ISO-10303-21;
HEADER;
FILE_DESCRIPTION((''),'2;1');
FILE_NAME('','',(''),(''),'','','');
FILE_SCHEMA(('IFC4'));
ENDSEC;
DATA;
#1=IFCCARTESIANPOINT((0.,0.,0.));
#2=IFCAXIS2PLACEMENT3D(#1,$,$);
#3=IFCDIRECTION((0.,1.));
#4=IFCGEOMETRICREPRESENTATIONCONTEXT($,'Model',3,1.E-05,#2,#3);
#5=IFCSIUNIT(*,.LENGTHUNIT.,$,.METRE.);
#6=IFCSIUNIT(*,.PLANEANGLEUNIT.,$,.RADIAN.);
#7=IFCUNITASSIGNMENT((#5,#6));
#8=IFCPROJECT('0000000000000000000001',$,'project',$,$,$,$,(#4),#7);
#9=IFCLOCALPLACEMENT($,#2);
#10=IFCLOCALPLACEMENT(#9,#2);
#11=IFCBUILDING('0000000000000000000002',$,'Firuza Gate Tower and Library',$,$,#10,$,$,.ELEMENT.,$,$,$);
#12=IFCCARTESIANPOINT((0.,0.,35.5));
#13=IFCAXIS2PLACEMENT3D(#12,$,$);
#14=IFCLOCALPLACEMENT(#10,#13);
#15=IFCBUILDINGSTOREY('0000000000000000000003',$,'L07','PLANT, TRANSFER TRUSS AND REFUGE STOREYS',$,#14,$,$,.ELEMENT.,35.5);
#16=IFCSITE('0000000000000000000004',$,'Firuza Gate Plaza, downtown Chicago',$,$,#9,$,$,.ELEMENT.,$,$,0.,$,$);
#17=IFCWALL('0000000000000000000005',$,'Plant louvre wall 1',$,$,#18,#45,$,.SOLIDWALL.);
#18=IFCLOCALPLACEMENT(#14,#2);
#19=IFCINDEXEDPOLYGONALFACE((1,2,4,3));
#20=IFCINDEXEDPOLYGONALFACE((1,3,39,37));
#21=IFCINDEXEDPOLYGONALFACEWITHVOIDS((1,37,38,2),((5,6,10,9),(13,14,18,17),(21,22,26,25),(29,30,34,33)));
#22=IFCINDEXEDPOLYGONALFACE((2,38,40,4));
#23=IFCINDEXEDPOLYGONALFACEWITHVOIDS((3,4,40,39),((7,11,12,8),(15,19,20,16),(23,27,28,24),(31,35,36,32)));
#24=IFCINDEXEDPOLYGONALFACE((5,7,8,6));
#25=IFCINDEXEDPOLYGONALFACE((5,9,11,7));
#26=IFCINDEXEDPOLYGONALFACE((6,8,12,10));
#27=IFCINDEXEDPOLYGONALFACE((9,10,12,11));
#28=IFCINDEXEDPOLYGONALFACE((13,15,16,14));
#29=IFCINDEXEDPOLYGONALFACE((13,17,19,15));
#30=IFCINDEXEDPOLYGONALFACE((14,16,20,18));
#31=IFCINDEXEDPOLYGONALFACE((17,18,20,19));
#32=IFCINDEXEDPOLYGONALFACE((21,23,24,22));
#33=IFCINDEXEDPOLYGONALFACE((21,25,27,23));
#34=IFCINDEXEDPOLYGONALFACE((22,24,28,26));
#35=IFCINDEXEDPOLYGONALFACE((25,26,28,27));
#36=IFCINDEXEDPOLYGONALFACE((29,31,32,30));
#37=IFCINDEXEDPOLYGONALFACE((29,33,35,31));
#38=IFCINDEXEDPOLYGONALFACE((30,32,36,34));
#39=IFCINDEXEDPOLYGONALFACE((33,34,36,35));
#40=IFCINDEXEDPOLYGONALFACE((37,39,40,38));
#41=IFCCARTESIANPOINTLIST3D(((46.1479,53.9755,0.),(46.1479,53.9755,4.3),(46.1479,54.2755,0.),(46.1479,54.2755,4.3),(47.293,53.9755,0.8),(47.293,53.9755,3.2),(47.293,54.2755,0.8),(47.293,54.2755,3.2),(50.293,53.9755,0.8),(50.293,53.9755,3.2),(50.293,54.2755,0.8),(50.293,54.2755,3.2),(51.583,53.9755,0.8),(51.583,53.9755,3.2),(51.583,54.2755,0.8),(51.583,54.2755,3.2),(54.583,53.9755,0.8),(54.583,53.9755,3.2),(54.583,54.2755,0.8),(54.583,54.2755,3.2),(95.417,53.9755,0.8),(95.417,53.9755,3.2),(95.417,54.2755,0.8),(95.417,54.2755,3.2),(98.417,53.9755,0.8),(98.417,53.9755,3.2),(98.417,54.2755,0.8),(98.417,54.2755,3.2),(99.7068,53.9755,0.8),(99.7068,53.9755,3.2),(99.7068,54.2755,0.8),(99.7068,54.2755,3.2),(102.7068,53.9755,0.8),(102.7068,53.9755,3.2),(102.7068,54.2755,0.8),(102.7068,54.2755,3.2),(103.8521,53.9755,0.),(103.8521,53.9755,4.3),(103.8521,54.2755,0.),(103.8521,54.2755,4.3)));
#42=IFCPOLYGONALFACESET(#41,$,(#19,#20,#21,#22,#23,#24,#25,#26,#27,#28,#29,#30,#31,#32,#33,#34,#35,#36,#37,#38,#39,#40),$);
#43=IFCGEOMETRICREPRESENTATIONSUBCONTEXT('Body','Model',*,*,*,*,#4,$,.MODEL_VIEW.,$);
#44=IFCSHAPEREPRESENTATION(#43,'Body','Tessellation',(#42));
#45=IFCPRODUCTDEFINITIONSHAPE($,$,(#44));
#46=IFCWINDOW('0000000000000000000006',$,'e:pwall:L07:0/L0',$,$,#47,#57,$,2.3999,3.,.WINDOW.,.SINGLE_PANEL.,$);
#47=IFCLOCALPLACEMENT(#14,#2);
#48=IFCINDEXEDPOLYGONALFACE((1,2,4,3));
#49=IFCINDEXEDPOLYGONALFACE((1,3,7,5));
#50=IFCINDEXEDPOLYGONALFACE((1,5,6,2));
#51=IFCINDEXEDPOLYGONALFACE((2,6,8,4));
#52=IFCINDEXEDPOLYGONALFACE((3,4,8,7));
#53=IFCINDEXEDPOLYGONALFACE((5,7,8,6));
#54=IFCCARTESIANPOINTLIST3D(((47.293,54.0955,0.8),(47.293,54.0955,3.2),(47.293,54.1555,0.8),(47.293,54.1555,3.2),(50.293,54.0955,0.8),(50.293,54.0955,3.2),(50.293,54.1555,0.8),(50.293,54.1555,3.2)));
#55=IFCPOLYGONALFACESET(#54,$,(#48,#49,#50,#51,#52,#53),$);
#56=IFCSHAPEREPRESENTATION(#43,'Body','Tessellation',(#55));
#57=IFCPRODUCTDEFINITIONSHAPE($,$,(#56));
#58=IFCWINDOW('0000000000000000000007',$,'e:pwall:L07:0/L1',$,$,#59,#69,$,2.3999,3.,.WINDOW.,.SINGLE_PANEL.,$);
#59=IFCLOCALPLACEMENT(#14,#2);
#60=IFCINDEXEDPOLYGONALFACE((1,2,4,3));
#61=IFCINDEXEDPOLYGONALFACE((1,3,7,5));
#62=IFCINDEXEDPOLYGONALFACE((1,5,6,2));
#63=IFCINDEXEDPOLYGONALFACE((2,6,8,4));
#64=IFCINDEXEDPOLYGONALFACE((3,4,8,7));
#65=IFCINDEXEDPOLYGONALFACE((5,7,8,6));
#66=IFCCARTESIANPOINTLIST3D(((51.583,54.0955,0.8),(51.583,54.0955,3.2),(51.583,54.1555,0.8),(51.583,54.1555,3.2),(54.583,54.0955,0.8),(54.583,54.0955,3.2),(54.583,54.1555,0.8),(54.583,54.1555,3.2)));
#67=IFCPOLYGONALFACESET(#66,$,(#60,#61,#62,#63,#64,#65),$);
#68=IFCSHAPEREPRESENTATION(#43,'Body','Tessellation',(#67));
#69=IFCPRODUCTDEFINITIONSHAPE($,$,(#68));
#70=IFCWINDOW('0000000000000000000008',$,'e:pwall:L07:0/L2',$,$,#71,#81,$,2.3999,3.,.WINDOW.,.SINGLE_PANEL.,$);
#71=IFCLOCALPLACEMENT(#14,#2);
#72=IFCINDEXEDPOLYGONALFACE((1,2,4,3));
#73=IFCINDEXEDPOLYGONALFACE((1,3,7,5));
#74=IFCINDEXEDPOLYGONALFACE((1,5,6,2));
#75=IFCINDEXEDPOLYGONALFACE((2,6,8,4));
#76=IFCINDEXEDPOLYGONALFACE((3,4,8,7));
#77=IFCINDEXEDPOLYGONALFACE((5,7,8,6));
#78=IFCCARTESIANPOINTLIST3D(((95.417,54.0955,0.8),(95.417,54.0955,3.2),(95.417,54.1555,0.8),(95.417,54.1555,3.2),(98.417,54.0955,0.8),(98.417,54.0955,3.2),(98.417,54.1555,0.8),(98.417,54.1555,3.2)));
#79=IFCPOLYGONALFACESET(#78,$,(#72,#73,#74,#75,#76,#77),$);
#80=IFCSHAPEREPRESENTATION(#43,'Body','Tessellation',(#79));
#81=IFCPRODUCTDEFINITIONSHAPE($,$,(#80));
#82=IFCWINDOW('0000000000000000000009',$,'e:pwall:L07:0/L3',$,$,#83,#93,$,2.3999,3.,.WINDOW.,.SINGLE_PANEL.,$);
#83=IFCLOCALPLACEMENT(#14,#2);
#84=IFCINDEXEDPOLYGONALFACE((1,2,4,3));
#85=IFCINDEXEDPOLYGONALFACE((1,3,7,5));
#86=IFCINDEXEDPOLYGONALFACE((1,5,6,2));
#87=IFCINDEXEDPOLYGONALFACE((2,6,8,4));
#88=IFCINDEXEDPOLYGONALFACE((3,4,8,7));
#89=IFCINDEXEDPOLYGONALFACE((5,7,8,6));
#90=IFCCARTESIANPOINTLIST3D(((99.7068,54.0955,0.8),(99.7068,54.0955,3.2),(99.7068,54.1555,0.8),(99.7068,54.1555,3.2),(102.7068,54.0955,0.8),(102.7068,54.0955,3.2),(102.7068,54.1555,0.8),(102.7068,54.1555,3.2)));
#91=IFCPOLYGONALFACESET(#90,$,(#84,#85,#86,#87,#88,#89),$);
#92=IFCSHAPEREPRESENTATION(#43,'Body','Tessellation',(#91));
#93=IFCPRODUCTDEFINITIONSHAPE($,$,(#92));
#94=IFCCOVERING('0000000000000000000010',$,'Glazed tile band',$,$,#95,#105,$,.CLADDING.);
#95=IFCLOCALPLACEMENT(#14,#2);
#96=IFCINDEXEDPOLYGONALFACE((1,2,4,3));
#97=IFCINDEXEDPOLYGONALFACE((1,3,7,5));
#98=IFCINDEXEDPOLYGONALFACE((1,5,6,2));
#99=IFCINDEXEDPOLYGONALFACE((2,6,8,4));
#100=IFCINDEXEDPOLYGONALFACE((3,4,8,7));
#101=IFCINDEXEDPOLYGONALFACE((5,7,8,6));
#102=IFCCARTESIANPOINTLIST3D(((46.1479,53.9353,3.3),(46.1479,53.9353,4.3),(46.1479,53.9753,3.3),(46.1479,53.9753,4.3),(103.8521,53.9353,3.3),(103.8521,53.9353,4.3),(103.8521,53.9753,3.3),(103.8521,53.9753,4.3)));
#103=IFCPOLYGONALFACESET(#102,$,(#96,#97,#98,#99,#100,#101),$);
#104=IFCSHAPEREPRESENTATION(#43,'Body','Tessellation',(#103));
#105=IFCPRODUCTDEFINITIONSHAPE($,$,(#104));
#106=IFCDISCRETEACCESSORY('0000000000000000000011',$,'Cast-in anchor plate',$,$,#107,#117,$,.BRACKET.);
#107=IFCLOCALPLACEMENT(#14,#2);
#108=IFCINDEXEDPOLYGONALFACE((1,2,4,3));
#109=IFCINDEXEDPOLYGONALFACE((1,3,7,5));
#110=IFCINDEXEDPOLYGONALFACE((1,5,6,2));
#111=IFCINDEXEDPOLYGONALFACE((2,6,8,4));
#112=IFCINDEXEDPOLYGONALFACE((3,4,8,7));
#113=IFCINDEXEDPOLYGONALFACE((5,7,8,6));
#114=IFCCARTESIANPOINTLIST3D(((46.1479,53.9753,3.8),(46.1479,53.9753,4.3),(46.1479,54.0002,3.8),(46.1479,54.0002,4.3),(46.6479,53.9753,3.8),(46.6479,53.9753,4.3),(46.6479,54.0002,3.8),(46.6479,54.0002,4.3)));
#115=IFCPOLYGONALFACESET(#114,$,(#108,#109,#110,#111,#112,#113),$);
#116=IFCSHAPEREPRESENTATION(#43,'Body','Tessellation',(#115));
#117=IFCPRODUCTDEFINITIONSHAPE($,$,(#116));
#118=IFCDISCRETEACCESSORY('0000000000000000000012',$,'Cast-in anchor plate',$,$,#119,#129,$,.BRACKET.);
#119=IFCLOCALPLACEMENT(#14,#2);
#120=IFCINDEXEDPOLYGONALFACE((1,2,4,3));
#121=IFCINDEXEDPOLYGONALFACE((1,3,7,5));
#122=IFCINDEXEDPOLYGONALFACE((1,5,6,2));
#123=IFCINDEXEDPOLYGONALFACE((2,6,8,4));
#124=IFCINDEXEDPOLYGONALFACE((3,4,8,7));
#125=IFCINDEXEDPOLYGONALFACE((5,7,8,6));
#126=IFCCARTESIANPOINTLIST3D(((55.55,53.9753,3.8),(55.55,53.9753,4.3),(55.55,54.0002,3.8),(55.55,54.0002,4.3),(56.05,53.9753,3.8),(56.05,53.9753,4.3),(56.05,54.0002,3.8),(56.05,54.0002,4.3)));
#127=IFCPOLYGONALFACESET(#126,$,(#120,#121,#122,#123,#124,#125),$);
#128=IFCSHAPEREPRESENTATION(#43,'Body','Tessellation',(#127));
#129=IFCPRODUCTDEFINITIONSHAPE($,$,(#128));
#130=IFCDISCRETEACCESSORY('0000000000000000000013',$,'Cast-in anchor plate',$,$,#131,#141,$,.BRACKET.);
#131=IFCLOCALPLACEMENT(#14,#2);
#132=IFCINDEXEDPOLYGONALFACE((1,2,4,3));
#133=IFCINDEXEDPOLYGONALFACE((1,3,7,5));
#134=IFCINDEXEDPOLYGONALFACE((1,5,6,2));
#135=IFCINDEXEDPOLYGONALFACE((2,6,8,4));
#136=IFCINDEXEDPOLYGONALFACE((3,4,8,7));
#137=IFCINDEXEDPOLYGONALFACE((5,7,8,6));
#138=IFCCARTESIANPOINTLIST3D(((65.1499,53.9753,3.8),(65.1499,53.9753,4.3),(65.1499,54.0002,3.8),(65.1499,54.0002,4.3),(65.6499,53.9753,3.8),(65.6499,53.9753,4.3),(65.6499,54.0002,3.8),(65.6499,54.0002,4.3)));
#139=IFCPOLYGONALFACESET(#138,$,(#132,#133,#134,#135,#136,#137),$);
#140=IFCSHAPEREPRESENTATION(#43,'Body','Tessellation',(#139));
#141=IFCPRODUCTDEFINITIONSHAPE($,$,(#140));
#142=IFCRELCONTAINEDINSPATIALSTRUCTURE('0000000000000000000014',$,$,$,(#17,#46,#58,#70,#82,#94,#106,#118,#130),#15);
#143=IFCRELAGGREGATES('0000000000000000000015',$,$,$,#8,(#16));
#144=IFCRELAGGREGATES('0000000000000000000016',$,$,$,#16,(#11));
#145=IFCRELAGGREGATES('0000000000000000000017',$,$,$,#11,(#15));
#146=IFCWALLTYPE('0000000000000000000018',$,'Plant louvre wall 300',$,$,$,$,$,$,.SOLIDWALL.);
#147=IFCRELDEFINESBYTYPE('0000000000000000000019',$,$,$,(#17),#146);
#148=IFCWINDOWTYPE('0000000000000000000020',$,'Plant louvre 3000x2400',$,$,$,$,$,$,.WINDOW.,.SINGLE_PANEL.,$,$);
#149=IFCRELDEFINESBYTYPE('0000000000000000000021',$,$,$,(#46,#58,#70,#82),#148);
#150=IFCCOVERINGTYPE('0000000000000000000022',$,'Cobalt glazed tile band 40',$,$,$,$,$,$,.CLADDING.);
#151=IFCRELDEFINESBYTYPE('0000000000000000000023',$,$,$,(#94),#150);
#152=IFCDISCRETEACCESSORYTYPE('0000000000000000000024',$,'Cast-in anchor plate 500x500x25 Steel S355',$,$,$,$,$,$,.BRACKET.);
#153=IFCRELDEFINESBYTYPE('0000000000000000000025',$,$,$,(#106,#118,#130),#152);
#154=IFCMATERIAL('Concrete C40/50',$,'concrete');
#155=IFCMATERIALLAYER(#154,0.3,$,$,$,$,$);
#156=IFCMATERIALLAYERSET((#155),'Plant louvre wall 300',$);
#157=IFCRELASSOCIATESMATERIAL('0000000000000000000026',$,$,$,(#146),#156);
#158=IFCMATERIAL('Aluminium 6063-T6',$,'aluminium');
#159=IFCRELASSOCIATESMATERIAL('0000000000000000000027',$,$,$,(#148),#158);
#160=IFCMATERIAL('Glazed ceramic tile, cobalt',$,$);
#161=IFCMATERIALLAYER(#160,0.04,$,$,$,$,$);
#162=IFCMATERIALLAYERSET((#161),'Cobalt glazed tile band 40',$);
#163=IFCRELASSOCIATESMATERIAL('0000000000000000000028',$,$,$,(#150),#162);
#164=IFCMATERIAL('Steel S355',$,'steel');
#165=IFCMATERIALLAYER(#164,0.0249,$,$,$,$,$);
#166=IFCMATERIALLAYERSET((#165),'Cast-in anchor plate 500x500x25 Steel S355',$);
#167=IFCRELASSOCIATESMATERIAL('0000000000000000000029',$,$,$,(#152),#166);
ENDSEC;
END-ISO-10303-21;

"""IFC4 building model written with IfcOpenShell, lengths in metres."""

from ifc_helpers import new_model, si_unit, direction, frame, frame_2d, origin, origin_2d, place, context, subcontext, project, spatial, polyline, rectangle, outline, extrude, material, layer, layer_set, type_object, element, fill, save


model = new_model("IFC4")

# Units and contexts
model_context = context("Model", 3, precision=1e-05, world=origin(), true_north=direction((0.0, 1.0)))
body_context = subcontext(model_context, "Body", "Model", "MODEL_VIEW")
ifc_project = project(units=[si_unit("LENGTHUNIT", "METRE"), si_unit("PLANEANGLEUNIT", "RADIAN")], contexts=[model_context])

# Site, building, storey
site_placement = place(None, origin())
site = spatial("IfcSite", under=ifc_project, at=site_placement, Name="Firuza Gate Plaza, downtown Chicago", CompositionType="ELEMENT", RefElevation=0.0)
building_placement = place(site_placement, origin())
building = spatial("IfcBuilding", under=site, at=building_placement, Name="Firuza Gate Tower and Library", CompositionType="ELEMENT")
storey_placement = place(building_placement, frame((0.0, 0.0, 35.5)))
storey = spatial("IfcBuildingStorey", under=building, at=storey_placement, Name="L07", Description="PLANT, TRANSFER TRUSS AND REFUGE STOREYS", CompositionType="ELEMENT", Elevation=35.5)

# Wall, openings, windows
ifc_material_1 = material(Name="Concrete C40/50", Category="concrete")
ifc_layer_1 = layer(ifc_material_1, 0.3)
ifc_layer_set_1 = layer_set([ifc_layer_1], Name="Plant louvre wall 300")
wall_type_1 = type_object("IfcWallType", Name="Plant louvre wall 300", PredefinedType="SOLIDWALL", material=ifc_layer_set_1)
wall_1_placement = place(storey_placement, frame((46.1479, 54.1255, 0.0), z_axis=(0.0, 0.0, 1.0), x_axis=(1.0, 0.0, 0.0)))
wall_1 = element("IfcWall", 1, at=wall_1_placement, inside=storey, type_object=wall_type_1, Name="Plant louvre wall 1", PredefinedType="SOLIDWALL", context=body_context, shape_type="SweptSolid", body=[
    extrude(rectangle(XDim=57.7041, YDim=0.3, at=frame_2d((28.8521, 0.0))), origin(), (0.0, 0.0, 1.0), 4.3),
])
opening_1_placement = place(wall_1_placement, frame((1.145, 0.0, 0.8)))
opening_1 = element("IfcOpeningElement", 2, at=opening_1_placement, cuts=wall_1, PredefinedType="OPENING", context=body_context, shape_type="SweptSolid", body=[
    extrude(rectangle(XDim=3.0, YDim=2.3999, at=frame_2d((1.5, 1.2))), frame((0.0, 0.1602, 0.0), z_axis=(0.0, -1.0, 0.0), x_axis=(1.0, 0.0, 0.0)), (0.0, 0.0, 1.0), 0.3201),
])
opening_2_placement = place(wall_1_placement, frame((5.4351, 0.0, 0.8)))
opening_2 = element("IfcOpeningElement", 3, at=opening_2_placement, cuts=wall_1, PredefinedType="OPENING", context=body_context, shape_type="SweptSolid", body=[
    extrude(rectangle(XDim=3.0, YDim=2.3999, at=frame_2d((1.5, 1.2))), frame((0.0, 0.1602, 0.0), z_axis=(0.0, -1.0, 0.0), x_axis=(1.0, 0.0, 0.0)), (0.0, 0.0, 1.0), 0.3201),
])
opening_3_placement = place(wall_1_placement, frame((49.269, 0.0, 0.8)))
opening_3 = element("IfcOpeningElement", 4, at=opening_3_placement, cuts=wall_1, PredefinedType="OPENING", context=body_context, shape_type="SweptSolid", body=[
    extrude(rectangle(XDim=3.0, YDim=2.3999, at=frame_2d((1.5, 1.2))), frame((0.0, 0.1602, 0.0), z_axis=(0.0, -1.0, 0.0), x_axis=(1.0, 0.0, 0.0)), (0.0, 0.0, 1.0), 0.3201),
])
opening_4_placement = place(wall_1_placement, frame((53.5588, 0.0, 0.8)))
opening_4 = element("IfcOpeningElement", 5, at=opening_4_placement, cuts=wall_1, PredefinedType="OPENING", context=body_context, shape_type="SweptSolid", body=[
    extrude(rectangle(XDim=3.0, YDim=2.3999, at=frame_2d((1.5, 1.2))), frame((0.0, 0.1602, 0.0), z_axis=(0.0, -1.0, 0.0), x_axis=(1.0, 0.0, 0.0)), (0.0, 0.0, 1.0), 0.3201),
])
ifc_material_2 = material(Name="Aluminium 6063-T6", Category="aluminium")
window_type = type_object("IfcWindowType", Name="Plant louvre 3000x2400", PartitioningType="SINGLE_PANEL", PredefinedType="WINDOW", material=ifc_material_2)
window_1_placement = place(opening_1_placement, origin())
window_1 = element("IfcWindow", 6, at=window_1_placement, inside=storey, type_object=window_type, Name="e:pwall:L07:0/L0", OverallHeight=2.3999, OverallWidth=3.0, PartitioningType="SINGLE_PANEL", PredefinedType="WINDOW", context=body_context, shape_type="SweptSolid", body=[
    extrude(rectangle(XDim=3.0, YDim=2.3999, at=frame_2d((1.5, 1.2))), frame((0.0, 0.03, 0.0), z_axis=(0.0, -1.0, 0.0), x_axis=(1.0, 0.0, 0.0)), (0.0, 0.0, 1.0), 0.0601),
])
fill(opening_1, window_1)
window_2_placement = place(opening_2_placement, origin())
window_2 = element("IfcWindow", 7, at=window_2_placement, inside=storey, type_object=window_type, Name="e:pwall:L07:0/L1", OverallHeight=2.3999, OverallWidth=3.0, PartitioningType="SINGLE_PANEL", PredefinedType="WINDOW", context=body_context, shape_type="SweptSolid", body=[
    extrude(rectangle(XDim=3.0, YDim=2.3999, at=frame_2d((1.5, 1.2))), frame((0.0, 0.03, 0.0), z_axis=(0.0, -1.0, 0.0), x_axis=(1.0, 0.0, 0.0)), (0.0, 0.0, 1.0), 0.0601),
])
fill(opening_2, window_2)
window_3_placement = place(opening_3_placement, origin())
window_3 = element("IfcWindow", 8, at=window_3_placement, inside=storey, type_object=window_type, Name="e:pwall:L07:0/L2", OverallHeight=2.3999, OverallWidth=3.0, PartitioningType="SINGLE_PANEL", PredefinedType="WINDOW", context=body_context, shape_type="SweptSolid", body=[
    extrude(rectangle(XDim=3.0, YDim=2.3999, at=frame_2d((1.5, 1.2))), frame((0.0, 0.03, 0.0), z_axis=(0.0, -1.0, 0.0), x_axis=(1.0, 0.0, 0.0)), (0.0, 0.0, 1.0), 0.0601),
])
fill(opening_3, window_3)
window_4_placement = place(opening_4_placement, origin())
window_4 = element("IfcWindow", 9, at=window_4_placement, inside=storey, type_object=window_type, Name="e:pwall:L07:0/L3", OverallHeight=2.3999, OverallWidth=3.0, PartitioningType="SINGLE_PANEL", PredefinedType="WINDOW", context=body_context, shape_type="SweptSolid", body=[
    extrude(rectangle(XDim=3.0, YDim=2.3999, at=frame_2d((1.5, 1.2))), frame((0.0, 0.03, 0.0), z_axis=(0.0, -1.0, 0.0), x_axis=(1.0, 0.0, 0.0)), (0.0, 0.0, 1.0), 0.0601),
])
fill(opening_4, window_4)

# Covering
ifc_material_3 = material(Name="Glazed ceramic tile, cobalt")
ifc_layer_2 = layer(ifc_material_3, 0.04)
ifc_layer_set_2 = layer_set([ifc_layer_2], Name="Cobalt glazed tile band 40")
covering_type = type_object("IfcCoveringType", Name="Cobalt glazed tile band 40", PredefinedType="CLADDING", material=ifc_layer_set_2)
covering_placement = place(storey_placement, frame((46.1479, 53.9353, 3.3), z_axis=(0.0, -1.0, 0.0), x_axis=(1.0, 0.0, 0.0)))
element("IfcCovering", 10, at=covering_placement, inside=storey, type_object=covering_type, Name="Glazed tile band", PredefinedType="CLADDING", context=body_context, shape_type="SweptSolid", body=[
    extrude(outline(polyline([(0.0, 0.0), (57.7041, 0.0), (57.7041, 1.0), (0.0, 1.0), (0.0, 0.0)])), origin(), (0.0, 0.0, -1.0), 0.04),
])

# Discrete accessories
ifc_material_4 = material(Name="Steel S355", Category="steel")
ifc_layer_3 = layer(ifc_material_4, 0.0249)
ifc_layer_set_3 = layer_set([ifc_layer_3], Name="Cast-in anchor plate 500x500x25 Steel S355")
discrete_accessory_type = type_object("IfcDiscreteAccessoryType", Name="Cast-in anchor plate 500x500x25 Steel S355", PredefinedType="BRACKET", material=ifc_layer_set_3)
for number, where, z_axis, x_axis, name in (
    (11, (46.3979, 53.9878, 3.8), (0.0, 0.0, 1.0), (1.0, 0.0, 0.0), "Cast-in anchor plate"),
    (12, (55.8, 53.9878, 3.8), (0.0, 0.0, 1.0), (1.0, 0.0, 0.0), "Cast-in anchor plate"),
    (13, (65.3999, 53.9878, 3.8), (0.0, 0.0, 1.0), (1.0, 0.0, 0.0), "Cast-in anchor plate"),
):
    element("IfcDiscreteAccessory", number, at=place(storey_placement, frame(where, z_axis=z_axis, x_axis=x_axis)), inside=storey, type_object=discrete_accessory_type, Name=name, PredefinedType="BRACKET", context=body_context, shape_type="SweptSolid", body=[
        extrude(rectangle(XDim=0.5, YDim=0.0249, at=origin_2d()), origin(), (0.0, 0.0, 1.0), 0.5),
    ])

save(model, "model.ifc")
